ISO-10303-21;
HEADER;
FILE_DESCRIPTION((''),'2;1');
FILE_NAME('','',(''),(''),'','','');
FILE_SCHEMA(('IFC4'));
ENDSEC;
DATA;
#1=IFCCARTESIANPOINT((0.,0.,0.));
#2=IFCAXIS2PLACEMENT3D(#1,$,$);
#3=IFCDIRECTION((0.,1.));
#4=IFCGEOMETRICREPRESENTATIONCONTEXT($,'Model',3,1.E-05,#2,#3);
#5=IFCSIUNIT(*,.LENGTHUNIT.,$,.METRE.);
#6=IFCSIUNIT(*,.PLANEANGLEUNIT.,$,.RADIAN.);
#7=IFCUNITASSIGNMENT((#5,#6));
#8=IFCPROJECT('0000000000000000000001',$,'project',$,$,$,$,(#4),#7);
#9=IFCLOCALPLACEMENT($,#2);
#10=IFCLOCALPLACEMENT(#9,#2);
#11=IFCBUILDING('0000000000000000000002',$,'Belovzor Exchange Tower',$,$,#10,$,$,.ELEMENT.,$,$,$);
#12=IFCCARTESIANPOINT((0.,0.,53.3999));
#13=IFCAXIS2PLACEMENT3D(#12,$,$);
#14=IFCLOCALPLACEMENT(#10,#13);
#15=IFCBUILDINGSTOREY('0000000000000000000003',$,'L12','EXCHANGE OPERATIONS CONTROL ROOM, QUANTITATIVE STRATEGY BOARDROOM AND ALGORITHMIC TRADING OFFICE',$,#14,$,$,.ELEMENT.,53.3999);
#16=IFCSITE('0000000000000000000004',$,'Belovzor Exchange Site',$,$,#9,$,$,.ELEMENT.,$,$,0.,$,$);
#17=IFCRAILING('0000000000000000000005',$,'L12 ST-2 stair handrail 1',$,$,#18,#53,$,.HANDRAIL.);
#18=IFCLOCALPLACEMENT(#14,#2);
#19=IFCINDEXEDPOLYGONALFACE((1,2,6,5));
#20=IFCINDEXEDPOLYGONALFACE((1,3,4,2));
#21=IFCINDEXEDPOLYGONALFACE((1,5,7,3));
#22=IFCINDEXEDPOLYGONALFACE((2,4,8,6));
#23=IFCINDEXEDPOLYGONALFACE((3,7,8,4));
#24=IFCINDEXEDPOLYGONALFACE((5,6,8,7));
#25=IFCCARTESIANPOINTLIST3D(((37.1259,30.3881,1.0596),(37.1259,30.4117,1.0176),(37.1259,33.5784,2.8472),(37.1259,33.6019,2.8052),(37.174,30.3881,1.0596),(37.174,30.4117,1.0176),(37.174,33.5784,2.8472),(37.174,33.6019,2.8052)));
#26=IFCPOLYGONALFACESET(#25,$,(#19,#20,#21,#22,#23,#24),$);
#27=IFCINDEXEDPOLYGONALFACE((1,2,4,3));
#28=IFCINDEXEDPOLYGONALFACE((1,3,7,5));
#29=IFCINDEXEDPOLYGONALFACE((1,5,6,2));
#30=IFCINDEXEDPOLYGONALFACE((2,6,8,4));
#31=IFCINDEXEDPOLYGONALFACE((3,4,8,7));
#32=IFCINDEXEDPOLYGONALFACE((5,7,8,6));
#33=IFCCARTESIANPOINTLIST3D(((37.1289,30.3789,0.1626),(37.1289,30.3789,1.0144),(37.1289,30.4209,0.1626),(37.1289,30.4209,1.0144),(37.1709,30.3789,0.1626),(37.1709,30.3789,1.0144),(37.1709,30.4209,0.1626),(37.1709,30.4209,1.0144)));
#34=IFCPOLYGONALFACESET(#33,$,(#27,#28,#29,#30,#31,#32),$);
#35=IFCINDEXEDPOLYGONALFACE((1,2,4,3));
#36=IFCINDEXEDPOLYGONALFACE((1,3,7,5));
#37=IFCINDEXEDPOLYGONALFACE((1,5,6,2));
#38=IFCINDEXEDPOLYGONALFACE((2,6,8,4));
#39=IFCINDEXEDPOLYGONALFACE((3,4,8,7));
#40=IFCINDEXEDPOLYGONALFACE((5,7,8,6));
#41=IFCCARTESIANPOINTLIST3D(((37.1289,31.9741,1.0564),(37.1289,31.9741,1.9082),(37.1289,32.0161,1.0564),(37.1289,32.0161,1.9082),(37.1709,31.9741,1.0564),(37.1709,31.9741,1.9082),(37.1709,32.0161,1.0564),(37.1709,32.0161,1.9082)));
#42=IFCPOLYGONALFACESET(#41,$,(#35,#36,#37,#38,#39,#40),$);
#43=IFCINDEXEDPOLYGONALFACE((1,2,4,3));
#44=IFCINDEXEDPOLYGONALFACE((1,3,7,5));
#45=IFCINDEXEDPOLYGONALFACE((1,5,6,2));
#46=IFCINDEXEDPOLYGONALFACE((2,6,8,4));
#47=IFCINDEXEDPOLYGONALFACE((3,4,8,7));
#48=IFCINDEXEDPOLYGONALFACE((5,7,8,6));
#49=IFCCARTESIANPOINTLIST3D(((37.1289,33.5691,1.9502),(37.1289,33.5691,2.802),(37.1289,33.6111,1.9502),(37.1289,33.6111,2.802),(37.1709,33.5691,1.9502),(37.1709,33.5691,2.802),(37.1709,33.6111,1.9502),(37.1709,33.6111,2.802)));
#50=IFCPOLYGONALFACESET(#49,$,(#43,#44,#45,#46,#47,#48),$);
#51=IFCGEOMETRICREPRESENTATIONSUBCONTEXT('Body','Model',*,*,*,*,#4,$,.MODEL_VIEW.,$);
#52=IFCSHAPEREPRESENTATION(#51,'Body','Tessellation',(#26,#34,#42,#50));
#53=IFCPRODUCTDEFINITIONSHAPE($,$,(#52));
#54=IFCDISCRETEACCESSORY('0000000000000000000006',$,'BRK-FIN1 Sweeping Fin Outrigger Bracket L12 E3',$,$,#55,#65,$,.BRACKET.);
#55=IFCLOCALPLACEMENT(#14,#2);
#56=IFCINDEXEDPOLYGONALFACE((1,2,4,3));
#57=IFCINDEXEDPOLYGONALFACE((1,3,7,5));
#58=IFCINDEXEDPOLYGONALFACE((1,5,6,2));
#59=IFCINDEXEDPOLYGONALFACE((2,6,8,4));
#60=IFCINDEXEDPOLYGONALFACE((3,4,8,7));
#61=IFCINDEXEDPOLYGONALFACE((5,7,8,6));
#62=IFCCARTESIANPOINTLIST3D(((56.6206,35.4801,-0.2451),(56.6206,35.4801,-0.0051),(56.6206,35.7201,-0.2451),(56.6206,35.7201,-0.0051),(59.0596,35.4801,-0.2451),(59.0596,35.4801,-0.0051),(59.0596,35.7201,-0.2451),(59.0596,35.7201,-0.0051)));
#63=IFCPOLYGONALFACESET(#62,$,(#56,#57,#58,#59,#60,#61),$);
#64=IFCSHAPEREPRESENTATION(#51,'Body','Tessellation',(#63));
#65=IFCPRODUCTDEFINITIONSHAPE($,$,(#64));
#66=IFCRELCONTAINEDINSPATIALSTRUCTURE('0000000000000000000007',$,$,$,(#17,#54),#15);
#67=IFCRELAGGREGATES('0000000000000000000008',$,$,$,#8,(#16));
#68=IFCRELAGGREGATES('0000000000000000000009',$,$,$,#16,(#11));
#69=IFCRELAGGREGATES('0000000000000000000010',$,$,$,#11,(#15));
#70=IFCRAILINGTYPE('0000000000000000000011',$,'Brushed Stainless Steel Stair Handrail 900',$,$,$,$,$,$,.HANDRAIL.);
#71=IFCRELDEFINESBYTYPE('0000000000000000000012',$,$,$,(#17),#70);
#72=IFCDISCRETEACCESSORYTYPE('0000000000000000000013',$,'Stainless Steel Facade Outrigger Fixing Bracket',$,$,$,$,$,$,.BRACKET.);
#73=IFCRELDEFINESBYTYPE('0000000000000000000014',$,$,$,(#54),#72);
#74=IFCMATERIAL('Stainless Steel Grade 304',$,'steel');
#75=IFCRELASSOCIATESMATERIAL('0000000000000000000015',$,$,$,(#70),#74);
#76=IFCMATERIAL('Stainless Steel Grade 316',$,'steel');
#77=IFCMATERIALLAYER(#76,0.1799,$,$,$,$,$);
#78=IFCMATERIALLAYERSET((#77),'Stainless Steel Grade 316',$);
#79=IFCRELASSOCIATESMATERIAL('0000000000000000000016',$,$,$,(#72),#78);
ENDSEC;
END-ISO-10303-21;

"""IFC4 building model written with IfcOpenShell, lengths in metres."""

from ifc_helpers import new_model, si_unit, direction, frame, origin, origin_2d, place, context, subcontext, project, spatial, rectangle, extrude, material, layer, layer_set, type_object, element, save


model = new_model("IFC4")

# Units and contexts
model_context = context("Model", 3, precision=1e-05, world=origin(), true_north=direction((0.0, 1.0)))
body_context = subcontext(model_context, "Body", "Model", "MODEL_VIEW")
ifc_project = project(units=[si_unit("LENGTHUNIT", "METRE"), si_unit("PLANEANGLEUNIT", "RADIAN")], contexts=[model_context])

# Site, building, storey
site_placement = place(None, origin())
site = spatial("IfcSite", under=ifc_project, at=site_placement, Name="Belovzor Exchange Site", CompositionType="ELEMENT", RefElevation=0.0)
building_placement = place(site_placement, origin())
building = spatial("IfcBuilding", under=site, at=building_placement, Name="Belovzor Exchange Tower", CompositionType="ELEMENT")
storey_placement = place(building_placement, frame((0.0, 0.0, 53.3999)))
storey = spatial("IfcBuildingStorey", under=building, at=storey_placement, Name="L12", Description="EXCHANGE OPERATIONS CONTROL ROOM, QUANTITATIVE STRATEGY BOARDROOM AND ALGORITHMIC TRADING OFFICE", CompositionType="ELEMENT", Elevation=53.3999)

# Railing
ifc_material_1 = material(Name="Stainless Steel Grade 304", Category="steel")
railing_type = type_object("IfcRailingType", Name="Brushed Stainless Steel Stair Handrail 900", PredefinedType="HANDRAIL", material=ifc_material_1)
railing_placement = place(storey_placement, frame((37.1499, 30.3999, 0.1626)))
element("IfcRailing", 1, at=railing_placement, inside=storey, type_object=railing_type, Name="L12 ST-2 stair handrail 1", PredefinedType="HANDRAIL", context=body_context, shape_type="SweptSolid", body=[
    extrude(rectangle(XDim=0.0481, YDim=0.0481, at=origin_2d()), frame((0.0, 0.0, 0.876), z_axis=(0.0, 0.872378, 0.488831), x_axis=(-1.0, 0.0, 0.0)), (0.0, 0.0, 1.0), 3.657),
    extrude(rectangle(XDim=0.042, YDim=0.042, at=origin_2d()), origin(), (0.0, 0.0, 1.0), 0.8518),
    extrude(rectangle(XDim=0.042, YDim=0.042, at=origin_2d()), frame((0.0, 1.5952, 0.8938)), (0.0, 0.0, 1.0), 0.8518),
    extrude(rectangle(XDim=0.042, YDim=0.042, at=origin_2d()), frame((0.0, 3.1902, 1.7876)), (0.0, 0.0, 1.0), 0.8518),
])

# Discrete accessory
ifc_material_2 = material(Name="Stainless Steel Grade 316", Category="steel")
ifc_layer_1 = layer(ifc_material_2, 0.1799)
ifc_layer_set_1 = layer_set([ifc_layer_1], Name="Stainless Steel Grade 316")
discrete_accessory_type = type_object("IfcDiscreteAccessoryType", Name="Stainless Steel Facade Outrigger Fixing Bracket", PredefinedType="BRACKET", material=ifc_layer_set_1)
discrete_accessory_placement = place(storey_placement, frame((57.8401, 35.6001, -0.2451), z_axis=(0.0, 0.0, 1.0), x_axis=(1.0, 0.0, 0.0)))
element("IfcDiscreteAccessory", 2, at=discrete_accessory_placement, inside=storey, type_object=discrete_accessory_type, Name="BRK-FIN1 Sweeping Fin Outrigger Bracket L12 E3", PredefinedType="BRACKET", context=body_context, shape_type="SweptSolid", body=[
    extrude(rectangle(XDim=2.439, YDim=0.24, at=origin_2d()), origin(), (0.0, 0.0, 1.0), 0.24),
])

save(model, "model.ifc")
